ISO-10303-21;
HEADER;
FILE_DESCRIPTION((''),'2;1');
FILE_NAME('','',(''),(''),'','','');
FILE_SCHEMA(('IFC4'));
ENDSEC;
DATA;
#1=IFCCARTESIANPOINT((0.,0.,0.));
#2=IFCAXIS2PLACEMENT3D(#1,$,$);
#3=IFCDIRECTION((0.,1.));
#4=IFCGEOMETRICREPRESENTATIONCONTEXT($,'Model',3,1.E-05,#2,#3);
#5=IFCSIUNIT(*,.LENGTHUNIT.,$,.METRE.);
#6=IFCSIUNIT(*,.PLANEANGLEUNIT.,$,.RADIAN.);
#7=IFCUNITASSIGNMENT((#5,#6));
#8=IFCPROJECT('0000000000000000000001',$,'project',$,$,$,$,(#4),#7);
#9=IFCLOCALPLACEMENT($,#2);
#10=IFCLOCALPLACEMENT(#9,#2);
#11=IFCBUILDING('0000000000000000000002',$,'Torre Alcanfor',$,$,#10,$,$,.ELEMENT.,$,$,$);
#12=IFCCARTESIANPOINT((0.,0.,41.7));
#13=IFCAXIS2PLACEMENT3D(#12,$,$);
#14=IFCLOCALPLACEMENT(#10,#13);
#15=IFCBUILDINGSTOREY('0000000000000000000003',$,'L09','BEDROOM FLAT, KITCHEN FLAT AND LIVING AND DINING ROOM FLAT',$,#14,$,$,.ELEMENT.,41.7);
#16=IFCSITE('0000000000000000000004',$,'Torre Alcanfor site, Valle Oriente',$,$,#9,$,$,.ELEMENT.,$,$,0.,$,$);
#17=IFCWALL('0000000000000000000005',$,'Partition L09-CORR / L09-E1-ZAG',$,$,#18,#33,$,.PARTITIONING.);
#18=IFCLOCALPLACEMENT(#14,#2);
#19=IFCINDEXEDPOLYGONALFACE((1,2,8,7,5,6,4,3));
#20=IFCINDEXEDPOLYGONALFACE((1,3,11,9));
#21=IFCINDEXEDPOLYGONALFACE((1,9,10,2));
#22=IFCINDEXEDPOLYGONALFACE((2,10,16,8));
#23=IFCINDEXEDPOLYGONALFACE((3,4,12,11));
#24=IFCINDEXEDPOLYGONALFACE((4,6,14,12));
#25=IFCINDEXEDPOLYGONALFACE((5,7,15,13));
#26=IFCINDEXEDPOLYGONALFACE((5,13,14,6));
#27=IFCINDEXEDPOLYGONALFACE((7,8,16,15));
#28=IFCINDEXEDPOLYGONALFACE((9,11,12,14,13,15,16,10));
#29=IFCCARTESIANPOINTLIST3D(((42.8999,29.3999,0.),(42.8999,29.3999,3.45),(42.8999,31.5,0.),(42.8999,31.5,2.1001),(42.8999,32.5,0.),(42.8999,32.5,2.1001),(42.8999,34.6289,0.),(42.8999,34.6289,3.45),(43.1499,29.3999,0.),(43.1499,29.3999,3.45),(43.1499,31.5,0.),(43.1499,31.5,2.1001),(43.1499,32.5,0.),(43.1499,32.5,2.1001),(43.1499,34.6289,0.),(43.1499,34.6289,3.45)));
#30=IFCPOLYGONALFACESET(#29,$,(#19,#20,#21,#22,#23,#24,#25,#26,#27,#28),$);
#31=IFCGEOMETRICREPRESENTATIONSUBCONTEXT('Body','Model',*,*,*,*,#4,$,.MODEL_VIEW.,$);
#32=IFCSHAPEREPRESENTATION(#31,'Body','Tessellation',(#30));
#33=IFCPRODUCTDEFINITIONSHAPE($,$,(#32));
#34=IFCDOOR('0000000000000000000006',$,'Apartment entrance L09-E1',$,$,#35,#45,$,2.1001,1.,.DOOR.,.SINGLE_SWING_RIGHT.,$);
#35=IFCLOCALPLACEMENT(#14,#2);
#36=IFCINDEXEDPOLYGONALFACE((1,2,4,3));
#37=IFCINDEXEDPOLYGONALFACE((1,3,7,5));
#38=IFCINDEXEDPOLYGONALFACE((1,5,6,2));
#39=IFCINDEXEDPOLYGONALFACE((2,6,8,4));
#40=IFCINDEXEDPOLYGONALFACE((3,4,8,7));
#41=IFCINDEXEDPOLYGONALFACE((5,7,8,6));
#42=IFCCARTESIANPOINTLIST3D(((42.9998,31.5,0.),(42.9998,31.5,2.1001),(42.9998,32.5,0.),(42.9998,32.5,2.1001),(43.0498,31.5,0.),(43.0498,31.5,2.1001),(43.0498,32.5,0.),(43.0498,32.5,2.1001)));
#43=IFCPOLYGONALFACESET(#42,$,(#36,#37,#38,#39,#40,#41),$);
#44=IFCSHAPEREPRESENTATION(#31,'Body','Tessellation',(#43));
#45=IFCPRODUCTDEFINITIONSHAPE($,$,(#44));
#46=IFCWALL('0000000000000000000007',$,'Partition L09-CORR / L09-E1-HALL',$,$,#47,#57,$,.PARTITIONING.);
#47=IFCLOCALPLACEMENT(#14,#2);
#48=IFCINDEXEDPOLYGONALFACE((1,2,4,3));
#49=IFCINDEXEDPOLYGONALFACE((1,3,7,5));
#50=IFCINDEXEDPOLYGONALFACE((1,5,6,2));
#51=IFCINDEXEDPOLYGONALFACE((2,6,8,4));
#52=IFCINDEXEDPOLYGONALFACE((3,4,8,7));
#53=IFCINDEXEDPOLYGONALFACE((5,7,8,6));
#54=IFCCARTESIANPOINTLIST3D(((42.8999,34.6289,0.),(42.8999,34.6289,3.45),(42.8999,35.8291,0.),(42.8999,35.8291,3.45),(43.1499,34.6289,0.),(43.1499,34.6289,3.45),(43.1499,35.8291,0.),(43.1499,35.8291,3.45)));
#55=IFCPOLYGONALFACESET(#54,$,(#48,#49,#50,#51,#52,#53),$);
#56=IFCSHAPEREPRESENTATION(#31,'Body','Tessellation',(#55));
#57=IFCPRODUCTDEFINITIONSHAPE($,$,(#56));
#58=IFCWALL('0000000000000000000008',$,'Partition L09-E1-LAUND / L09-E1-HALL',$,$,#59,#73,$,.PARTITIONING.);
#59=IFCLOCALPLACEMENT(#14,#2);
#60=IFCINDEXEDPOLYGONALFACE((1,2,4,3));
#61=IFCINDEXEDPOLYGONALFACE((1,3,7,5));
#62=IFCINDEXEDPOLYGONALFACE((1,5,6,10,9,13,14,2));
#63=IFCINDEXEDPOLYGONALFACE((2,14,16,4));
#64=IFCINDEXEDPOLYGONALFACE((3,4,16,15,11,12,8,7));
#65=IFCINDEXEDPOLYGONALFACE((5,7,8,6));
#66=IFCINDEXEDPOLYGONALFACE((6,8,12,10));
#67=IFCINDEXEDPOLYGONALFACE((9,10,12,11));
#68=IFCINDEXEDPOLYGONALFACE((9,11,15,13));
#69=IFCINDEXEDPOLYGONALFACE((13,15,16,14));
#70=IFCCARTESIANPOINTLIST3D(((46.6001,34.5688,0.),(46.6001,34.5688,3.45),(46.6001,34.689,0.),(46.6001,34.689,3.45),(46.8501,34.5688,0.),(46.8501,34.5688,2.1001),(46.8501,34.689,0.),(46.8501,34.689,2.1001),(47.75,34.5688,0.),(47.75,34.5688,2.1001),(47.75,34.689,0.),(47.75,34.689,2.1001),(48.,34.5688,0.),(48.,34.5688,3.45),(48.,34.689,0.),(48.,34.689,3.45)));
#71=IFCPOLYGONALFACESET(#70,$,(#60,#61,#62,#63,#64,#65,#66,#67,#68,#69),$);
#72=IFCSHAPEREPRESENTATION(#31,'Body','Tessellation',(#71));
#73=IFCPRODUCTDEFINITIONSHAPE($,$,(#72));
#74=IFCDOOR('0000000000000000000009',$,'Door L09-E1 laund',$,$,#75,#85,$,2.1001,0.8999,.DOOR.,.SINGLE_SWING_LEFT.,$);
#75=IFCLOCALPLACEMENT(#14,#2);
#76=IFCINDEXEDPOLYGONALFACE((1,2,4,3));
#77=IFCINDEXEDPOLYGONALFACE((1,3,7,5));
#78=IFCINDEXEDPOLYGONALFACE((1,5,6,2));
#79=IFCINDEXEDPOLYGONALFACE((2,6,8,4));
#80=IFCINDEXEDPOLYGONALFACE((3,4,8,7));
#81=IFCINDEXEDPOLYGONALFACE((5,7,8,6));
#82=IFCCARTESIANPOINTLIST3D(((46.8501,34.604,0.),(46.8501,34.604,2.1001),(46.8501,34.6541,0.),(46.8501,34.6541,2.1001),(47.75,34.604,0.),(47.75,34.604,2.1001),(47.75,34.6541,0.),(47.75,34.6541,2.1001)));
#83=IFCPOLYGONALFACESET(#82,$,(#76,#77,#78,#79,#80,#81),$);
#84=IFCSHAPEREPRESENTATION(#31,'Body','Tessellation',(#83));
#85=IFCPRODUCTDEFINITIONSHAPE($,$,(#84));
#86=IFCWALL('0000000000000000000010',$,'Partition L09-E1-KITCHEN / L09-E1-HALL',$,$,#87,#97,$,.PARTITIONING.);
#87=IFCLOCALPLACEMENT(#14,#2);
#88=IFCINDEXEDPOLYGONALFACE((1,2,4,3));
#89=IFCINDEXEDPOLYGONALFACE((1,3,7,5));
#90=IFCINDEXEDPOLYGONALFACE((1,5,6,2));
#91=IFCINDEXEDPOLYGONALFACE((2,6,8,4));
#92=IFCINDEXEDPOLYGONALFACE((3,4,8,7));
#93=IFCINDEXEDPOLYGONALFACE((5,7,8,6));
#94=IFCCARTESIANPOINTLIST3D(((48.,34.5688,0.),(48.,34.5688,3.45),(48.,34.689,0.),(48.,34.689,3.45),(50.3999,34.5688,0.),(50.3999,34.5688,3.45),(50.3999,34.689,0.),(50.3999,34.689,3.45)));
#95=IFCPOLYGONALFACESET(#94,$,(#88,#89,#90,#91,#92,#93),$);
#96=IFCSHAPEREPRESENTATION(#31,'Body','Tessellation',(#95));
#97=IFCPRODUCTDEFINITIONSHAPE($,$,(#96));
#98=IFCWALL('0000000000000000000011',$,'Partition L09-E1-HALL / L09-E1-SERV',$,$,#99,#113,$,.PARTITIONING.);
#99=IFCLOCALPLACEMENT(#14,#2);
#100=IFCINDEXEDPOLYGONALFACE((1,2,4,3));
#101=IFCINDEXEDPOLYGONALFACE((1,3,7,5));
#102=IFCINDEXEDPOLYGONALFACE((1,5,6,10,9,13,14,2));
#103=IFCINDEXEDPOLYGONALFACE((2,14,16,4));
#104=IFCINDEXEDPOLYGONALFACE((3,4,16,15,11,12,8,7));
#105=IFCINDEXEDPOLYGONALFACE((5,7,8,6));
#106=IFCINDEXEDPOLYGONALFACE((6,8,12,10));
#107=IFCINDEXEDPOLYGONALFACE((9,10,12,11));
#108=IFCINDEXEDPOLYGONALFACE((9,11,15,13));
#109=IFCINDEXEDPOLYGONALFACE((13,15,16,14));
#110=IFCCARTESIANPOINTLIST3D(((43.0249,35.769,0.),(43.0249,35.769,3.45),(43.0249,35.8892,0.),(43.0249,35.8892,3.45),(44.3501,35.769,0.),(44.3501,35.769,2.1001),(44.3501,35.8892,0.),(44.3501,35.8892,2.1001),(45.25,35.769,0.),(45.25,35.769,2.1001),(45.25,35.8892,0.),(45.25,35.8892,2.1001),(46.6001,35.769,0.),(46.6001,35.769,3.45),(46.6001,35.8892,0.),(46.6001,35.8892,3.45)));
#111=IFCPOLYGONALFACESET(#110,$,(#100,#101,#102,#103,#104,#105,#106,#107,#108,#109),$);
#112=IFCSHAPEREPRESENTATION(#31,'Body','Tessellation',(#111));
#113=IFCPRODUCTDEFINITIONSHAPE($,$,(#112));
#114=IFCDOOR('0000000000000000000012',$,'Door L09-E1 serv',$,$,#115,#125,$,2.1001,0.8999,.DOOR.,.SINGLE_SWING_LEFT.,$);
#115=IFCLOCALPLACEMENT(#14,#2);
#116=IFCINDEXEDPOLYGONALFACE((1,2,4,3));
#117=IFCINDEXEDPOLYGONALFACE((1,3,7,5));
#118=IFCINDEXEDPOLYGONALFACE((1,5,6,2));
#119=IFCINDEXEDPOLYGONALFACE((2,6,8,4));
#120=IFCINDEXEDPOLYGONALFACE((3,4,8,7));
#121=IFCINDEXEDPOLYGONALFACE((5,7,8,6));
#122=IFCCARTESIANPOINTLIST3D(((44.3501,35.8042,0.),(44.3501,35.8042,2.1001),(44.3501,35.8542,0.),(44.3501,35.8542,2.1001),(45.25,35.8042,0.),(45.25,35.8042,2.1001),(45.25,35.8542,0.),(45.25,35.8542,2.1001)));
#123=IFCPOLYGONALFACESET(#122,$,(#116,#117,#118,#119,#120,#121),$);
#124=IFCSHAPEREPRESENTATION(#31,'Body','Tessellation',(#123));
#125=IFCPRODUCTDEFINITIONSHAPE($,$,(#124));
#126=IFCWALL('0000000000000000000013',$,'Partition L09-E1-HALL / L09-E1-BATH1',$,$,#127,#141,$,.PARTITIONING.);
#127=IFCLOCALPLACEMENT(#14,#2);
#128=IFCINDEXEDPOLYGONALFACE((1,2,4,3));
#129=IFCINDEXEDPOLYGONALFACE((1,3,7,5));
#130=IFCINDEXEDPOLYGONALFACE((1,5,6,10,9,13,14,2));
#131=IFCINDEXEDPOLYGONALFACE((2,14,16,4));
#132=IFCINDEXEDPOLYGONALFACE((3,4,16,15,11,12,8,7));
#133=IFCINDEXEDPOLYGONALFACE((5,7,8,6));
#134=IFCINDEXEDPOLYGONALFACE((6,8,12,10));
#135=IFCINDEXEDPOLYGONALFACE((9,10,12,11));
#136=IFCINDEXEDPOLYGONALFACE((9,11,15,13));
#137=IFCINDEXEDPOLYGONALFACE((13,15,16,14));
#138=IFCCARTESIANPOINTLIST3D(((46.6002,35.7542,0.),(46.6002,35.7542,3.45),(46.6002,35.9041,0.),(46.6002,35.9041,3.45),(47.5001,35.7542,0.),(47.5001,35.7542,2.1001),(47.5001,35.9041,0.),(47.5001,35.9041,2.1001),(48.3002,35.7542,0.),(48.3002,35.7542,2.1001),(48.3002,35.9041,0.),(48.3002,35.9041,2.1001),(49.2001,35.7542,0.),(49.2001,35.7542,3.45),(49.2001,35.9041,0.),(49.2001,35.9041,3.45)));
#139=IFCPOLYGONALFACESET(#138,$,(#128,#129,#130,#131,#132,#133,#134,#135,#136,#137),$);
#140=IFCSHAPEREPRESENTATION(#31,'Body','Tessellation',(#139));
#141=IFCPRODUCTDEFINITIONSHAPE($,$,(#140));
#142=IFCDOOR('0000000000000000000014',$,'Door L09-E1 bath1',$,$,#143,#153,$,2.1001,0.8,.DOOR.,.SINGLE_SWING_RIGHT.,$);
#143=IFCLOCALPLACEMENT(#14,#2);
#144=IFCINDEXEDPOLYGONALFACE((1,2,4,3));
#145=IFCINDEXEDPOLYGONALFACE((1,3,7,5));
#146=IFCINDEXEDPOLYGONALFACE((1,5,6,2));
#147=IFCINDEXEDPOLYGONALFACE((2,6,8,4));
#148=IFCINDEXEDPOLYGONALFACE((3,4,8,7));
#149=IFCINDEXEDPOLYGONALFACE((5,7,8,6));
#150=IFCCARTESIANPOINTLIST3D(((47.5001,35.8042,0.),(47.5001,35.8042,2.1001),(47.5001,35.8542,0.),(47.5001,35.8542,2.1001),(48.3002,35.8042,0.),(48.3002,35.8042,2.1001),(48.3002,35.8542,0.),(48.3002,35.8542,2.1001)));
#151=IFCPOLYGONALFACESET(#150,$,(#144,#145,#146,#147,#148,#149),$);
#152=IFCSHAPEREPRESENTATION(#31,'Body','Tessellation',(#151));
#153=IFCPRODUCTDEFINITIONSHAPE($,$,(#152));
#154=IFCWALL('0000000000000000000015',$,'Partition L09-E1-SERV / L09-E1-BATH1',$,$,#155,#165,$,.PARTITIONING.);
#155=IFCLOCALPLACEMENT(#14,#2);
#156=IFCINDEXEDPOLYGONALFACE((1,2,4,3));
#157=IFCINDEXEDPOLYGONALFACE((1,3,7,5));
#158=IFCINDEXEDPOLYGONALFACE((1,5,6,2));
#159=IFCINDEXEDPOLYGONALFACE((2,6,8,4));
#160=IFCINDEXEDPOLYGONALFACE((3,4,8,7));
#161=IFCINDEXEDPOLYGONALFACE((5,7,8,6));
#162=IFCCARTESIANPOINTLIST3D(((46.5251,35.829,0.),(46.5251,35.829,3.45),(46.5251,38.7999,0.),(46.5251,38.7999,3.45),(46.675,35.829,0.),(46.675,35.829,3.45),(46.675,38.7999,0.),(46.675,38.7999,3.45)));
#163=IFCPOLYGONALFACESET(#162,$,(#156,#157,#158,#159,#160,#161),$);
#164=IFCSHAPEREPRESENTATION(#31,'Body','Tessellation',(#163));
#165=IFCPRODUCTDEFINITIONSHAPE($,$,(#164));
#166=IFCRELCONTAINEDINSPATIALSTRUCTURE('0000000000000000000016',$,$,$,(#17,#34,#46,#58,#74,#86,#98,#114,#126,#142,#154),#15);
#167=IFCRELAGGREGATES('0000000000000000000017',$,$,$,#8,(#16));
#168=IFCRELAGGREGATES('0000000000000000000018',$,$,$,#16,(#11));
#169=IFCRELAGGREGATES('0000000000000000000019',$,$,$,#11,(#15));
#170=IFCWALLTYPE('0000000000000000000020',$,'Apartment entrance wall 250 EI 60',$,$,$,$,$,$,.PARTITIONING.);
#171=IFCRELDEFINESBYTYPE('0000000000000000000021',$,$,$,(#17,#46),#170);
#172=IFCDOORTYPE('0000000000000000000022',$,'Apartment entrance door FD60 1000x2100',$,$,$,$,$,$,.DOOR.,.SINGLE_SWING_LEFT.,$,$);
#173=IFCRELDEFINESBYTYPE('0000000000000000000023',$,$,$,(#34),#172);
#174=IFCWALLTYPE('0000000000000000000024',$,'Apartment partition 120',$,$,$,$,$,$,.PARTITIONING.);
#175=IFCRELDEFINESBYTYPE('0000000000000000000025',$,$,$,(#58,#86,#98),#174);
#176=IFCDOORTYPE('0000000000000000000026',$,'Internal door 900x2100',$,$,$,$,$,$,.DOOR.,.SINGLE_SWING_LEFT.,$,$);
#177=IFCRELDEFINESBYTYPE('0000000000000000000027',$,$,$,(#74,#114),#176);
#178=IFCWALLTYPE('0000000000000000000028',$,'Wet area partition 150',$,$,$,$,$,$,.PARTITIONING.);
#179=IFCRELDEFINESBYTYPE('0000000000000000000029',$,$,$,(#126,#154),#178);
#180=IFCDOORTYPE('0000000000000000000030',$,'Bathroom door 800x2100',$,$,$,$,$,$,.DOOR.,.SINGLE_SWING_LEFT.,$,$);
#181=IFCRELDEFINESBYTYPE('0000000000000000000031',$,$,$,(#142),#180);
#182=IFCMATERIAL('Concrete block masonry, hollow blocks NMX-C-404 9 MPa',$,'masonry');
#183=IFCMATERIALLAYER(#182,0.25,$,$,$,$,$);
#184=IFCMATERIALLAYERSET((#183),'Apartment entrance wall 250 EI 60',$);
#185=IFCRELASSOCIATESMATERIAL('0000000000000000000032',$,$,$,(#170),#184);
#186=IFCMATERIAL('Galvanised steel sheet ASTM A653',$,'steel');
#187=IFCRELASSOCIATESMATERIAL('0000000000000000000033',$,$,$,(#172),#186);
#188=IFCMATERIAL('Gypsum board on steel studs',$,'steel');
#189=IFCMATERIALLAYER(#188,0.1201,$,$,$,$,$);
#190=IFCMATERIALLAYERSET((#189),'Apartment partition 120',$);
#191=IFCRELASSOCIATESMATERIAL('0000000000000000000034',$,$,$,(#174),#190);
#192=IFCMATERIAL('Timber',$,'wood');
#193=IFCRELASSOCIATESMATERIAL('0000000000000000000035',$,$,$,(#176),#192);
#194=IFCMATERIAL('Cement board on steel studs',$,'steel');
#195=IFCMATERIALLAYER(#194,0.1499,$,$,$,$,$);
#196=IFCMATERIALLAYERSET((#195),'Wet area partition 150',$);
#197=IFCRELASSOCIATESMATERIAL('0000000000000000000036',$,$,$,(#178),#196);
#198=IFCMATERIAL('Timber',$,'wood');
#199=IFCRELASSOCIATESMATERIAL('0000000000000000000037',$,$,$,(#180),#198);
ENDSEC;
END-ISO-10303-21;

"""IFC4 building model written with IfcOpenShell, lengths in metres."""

from ifc_helpers import new_model, si_unit, direction, frame, frame_2d, origin, place, context, subcontext, project, spatial, rectangle, extrude, material, layer, layer_set, type_object, element, fill, save


model = new_model("IFC4")

# Units and contexts
model_context = context("Model", 3, precision=1e-05, world=origin(), true_north=direction((0.0, 1.0)))
body_context = subcontext(model_context, "Body", "Model", "MODEL_VIEW")
ifc_project = project(units=[si_unit("LENGTHUNIT", "METRE"), si_unit("PLANEANGLEUNIT", "RADIAN")], contexts=[model_context])

# Site, building, storey
site_placement = place(None, origin())
site = spatial("IfcSite", under=ifc_project, at=site_placement, Name="Torre Alcanfor site, Valle Oriente", CompositionType="ELEMENT", RefElevation=0.0)
building_placement = place(site_placement, origin())
building = spatial("IfcBuilding", under=site, at=building_placement, Name="Torre Alcanfor", CompositionType="ELEMENT")
storey_placement = place(building_placement, frame((0.0, 0.0, 41.7)))
storey = spatial("IfcBuildingStorey", under=building, at=storey_placement, Name="L09", Description="BEDROOM FLAT, KITCHEN FLAT AND LIVING AND DINING ROOM FLAT", CompositionType="ELEMENT", Elevation=41.7)

# Wall, opening, door
ifc_material_1 = material(Name="Concrete block masonry, hollow blocks NMX-C-404 9 MPa", Category="masonry")
ifc_layer_1 = layer(ifc_material_1, 0.25)
ifc_layer_set_1 = layer_set([ifc_layer_1], Name="Apartment entrance wall 250 EI 60")
wall_type_1 = type_object("IfcWallType", Name="Apartment entrance wall 250 EI 60", PredefinedType="PARTITIONING", material=ifc_layer_set_1)
wall_1_placement = place(storey_placement, frame((43.0249, 34.6289, 0.0), z_axis=(0.0, 0.0, 1.0), x_axis=(0.0, -1.0, 0.0)))
wall_1 = element("IfcWall", 1, at=wall_1_placement, inside=storey, type_object=wall_type_1, Name="Partition L09-CORR / L09-E1-ZAG", PredefinedType="PARTITIONING", context=body_context, shape_type="SweptSolid", body=[
    extrude(rectangle(XDim=5.229, YDim=0.25, at=frame_2d((2.6145, 0.0))), origin(), (0.0, 0.0, 1.0), 3.45),
])
opening_1_placement = place(wall_1_placement, frame((2.1289, 0.0, 0.0)))
opening_1 = element("IfcOpeningElement", 2, at=opening_1_placement, cuts=wall_1, PredefinedType="OPENING", context=body_context, shape_type="SweptSolid", body=[
    extrude(rectangle(XDim=1.0, YDim=2.1001, at=frame_2d((0.5, 1.05))), frame((0.0, 0.135, 0.0), z_axis=(0.0, -1.0, 0.0), x_axis=(1.0, 0.0, 0.0)), (0.0, 0.0, 1.0), 0.27),
])
ifc_material_2 = material(Name="Galvanised steel sheet ASTM A653", Category="steel")
door_type_1 = type_object("IfcDoorType", Name="Apartment entrance door FD60 1000x2100", OperationType="SINGLE_SWING_LEFT", PredefinedType="DOOR", material=ifc_material_2)
door_1_placement = place(opening_1_placement, origin())
door_1 = element("IfcDoor", 3, at=door_1_placement, inside=storey, type_object=door_type_1, Name="Apartment entrance L09-E1", OperationType="SINGLE_SWING_RIGHT", OverallHeight=2.1001, OverallWidth=1.0, PredefinedType="DOOR", context=body_context, shape_type="SweptSolid", body=[
    extrude(rectangle(XDim=1.0, YDim=2.1001, at=frame_2d((0.5, 1.05))), frame((0.0, 0.0249, 0.0), z_axis=(0.0, -1.0, 0.0), x_axis=(1.0, 0.0, 0.0)), (0.0, 0.0, 1.0), 0.05),
])
fill(opening_1, door_1)

# Wall
wall_2_placement = place(storey_placement, frame((43.0249, 35.8291, 0.0), z_axis=(0.0, 0.0, 1.0), x_axis=(0.0, -1.0, 0.0)))
element("IfcWall", 4, at=wall_2_placement, inside=storey, type_object=wall_type_1, Name="Partition L09-CORR / L09-E1-HALL", PredefinedType="PARTITIONING", context=body_context, shape_type="SweptSolid", body=[
    extrude(rectangle(XDim=1.2002, YDim=0.25, at=frame_2d((0.6001, 0.0))), origin(), (0.0, 0.0, 1.0), 3.45),
])

# Wall, opening, door
ifc_material_3 = material(Name="Gypsum board on steel studs", Category="steel")
ifc_layer_2 = layer(ifc_material_3, 0.1201)
ifc_layer_set_2 = layer_set([ifc_layer_2], Name="Apartment partition 120")
wall_type_2 = type_object("IfcWallType", Name="Apartment partition 120", PredefinedType="PARTITIONING", material=ifc_layer_set_2)
wall_3_placement = place(storey_placement, frame((48.0, 34.6289, 0.0), z_axis=(0.0, 0.0, 1.0), x_axis=(-1.0, 0.0, 0.0)))
wall_3 = element("IfcWall", 5, at=wall_3_placement, inside=storey, type_object=wall_type_2, Name="Partition L09-E1-LAUND / L09-E1-HALL", PredefinedType="PARTITIONING", context=body_context, shape_type="SweptSolid", body=[
    extrude(rectangle(XDim=1.3999, YDim=0.1201, at=frame_2d((0.7, 0.0))), origin(), (0.0, 0.0, 1.0), 3.45),
])
opening_2_placement = place(wall_3_placement, frame((0.25, 0.0, 0.0)))
opening_2 = element("IfcOpeningElement", 6, at=opening_2_placement, cuts=wall_3, PredefinedType="OPENING", context=body_context, shape_type="SweptSolid", body=[
    extrude(rectangle(XDim=0.8999, YDim=2.1001, at=frame_2d((0.45, 1.05))), frame((0.0, 0.0701, 0.0), z_axis=(0.0, -1.0, 0.0), x_axis=(1.0, 0.0, 0.0)), (0.0, 0.0, 1.0), 0.1401),
])
ifc_material_4 = material(Name="Timber", Category="wood")
door_type_2 = type_object("IfcDoorType", Name="Internal door 900x2100", OperationType="SINGLE_SWING_LEFT", PredefinedType="DOOR", material=ifc_material_4)
door_2_placement = place(opening_2_placement, origin())
door_2 = element("IfcDoor", 7, at=door_2_placement, inside=storey, type_object=door_type_2, Name="Door L09-E1 laund", OperationType="SINGLE_SWING_LEFT", OverallHeight=2.1001, OverallWidth=0.8999, PredefinedType="DOOR", context=body_context, shape_type="SweptSolid", body=[
    extrude(rectangle(XDim=0.8999, YDim=2.1001, at=frame_2d((0.45, 1.05))), frame((0.0, 0.0249, 0.0), z_axis=(0.0, -1.0, 0.0), x_axis=(1.0, 0.0, 0.0)), (0.0, 0.0, 1.0), 0.05),
])
fill(opening_2, door_2)

# Wall
wall_4_placement = place(storey_placement, frame((50.3999, 34.6289, 0.0), z_axis=(0.0, 0.0, 1.0), x_axis=(-1.0, 0.0, 0.0)))
element("IfcWall", 8, at=wall_4_placement, inside=storey, type_object=wall_type_2, Name="Partition L09-E1-KITCHEN / L09-E1-HALL", PredefinedType="PARTITIONING", context=body_context, shape_type="SweptSolid", body=[
    extrude(rectangle(XDim=2.3999, YDim=0.1201, at=frame_2d((1.2, 0.0))), origin(), (0.0, 0.0, 1.0), 3.45),
])

# Walls, openings, doors
wall_5_placement = place(storey_placement, frame((46.6001, 35.8291, 0.0), z_axis=(0.0, 0.0, 1.0), x_axis=(-1.0, 0.0, 0.0)))
wall_5 = element("IfcWall", 9, at=wall_5_placement, inside=storey, type_object=wall_type_2, Name="Partition L09-E1-HALL / L09-E1-SERV", PredefinedType="PARTITIONING", context=body_context, shape_type="SweptSolid", body=[
    extrude(rectangle(XDim=3.5752, YDim=0.1201, at=frame_2d((1.7876, 0.0))), origin(), (0.0, 0.0, 1.0), 3.45),
])
opening_3_placement = place(wall_5_placement, frame((1.3501, 0.0, 0.0)))
opening_3 = element("IfcOpeningElement", 10, at=opening_3_placement, cuts=wall_5, PredefinedType="OPENING", context=body_context, shape_type="SweptSolid", body=[
    extrude(rectangle(XDim=0.8999, YDim=2.1001, at=frame_2d((0.45, 1.05))), frame((0.0, 0.0701, 0.0), z_axis=(0.0, -1.0, 0.0), x_axis=(1.0, 0.0, 0.0)), (0.0, 0.0, 1.0), 0.1401),
])
door_3_placement = place(opening_3_placement, frame((0.8999, 0.0, 0.0), z_axis=(0.0, 0.0, 1.0), x_axis=(-1.0, 0.0, 0.0)))
door_3 = element("IfcDoor", 11, at=door_3_placement, inside=storey, type_object=door_type_2, Name="Door L09-E1 serv", OperationType="SINGLE_SWING_LEFT", OverallHeight=2.1001, OverallWidth=0.8999, PredefinedType="DOOR", context=body_context, shape_type="SweptSolid", body=[
    extrude(rectangle(XDim=0.8999, YDim=2.1001, at=frame_2d((0.45, 1.05))), frame((0.0, 0.0251, 0.0), z_axis=(0.0, -1.0, 0.0), x_axis=(1.0, 0.0, 0.0)), (0.0, 0.0, 1.0), 0.05),
])
fill(opening_3, door_3)
ifc_material_5 = material(Name="Cement board on steel studs", Category="steel")
ifc_layer_3 = layer(ifc_material_5, 0.1499)
ifc_layer_set_3 = layer_set([ifc_layer_3], Name="Wet area partition 150")
wall_type_3 = type_object("IfcWallType", Name="Wet area partition 150", PredefinedType="PARTITIONING", material=ifc_layer_set_3)
wall_6_placement = place(storey_placement, frame((49.2, 35.8291, 0.0), z_axis=(0.0, 0.0, 1.0), x_axis=(-1.0, 0.0, 0.0)))
wall_6 = element("IfcWall", 12, at=wall_6_placement, inside=storey, type_object=wall_type_3, Name="Partition L09-E1-HALL / L09-E1-BATH1", PredefinedType="PARTITIONING", context=body_context, shape_type="SweptSolid", body=[
    extrude(rectangle(XDim=2.5999, YDim=0.1499, at=frame_2d((1.2998, 0.0))), origin(), (0.0, 0.0, 1.0), 3.45),
])
opening_4_placement = place(wall_6_placement, frame((0.8999, 0.0, 0.0)))
opening_4 = element("IfcOpeningElement", 13, at=opening_4_placement, cuts=wall_6, PredefinedType="OPENING", context=body_context, shape_type="SweptSolid", body=[
    extrude(rectangle(XDim=0.8, YDim=2.1001, at=frame_2d((0.3999, 1.05))), frame((0.0, 0.085, 0.0), z_axis=(0.0, -1.0, 0.0), x_axis=(1.0, 0.0, 0.0)), (0.0, 0.0, 1.0), 0.1699),
])
ifc_material_6 = material(Name="Timber", Category="wood")
door_type_3 = type_object("IfcDoorType", Name="Bathroom door 800x2100", OperationType="SINGLE_SWING_LEFT", PredefinedType="DOOR", material=ifc_material_6)
door_4_placement = place(opening_4_placement, frame((0.8, 0.0, 0.0), z_axis=(0.0, 0.0, 1.0), x_axis=(-1.0, 0.0, 0.0)))
door_4 = element("IfcDoor", 14, at=door_4_placement, inside=storey, type_object=door_type_3, Name="Door L09-E1 bath1", OperationType="SINGLE_SWING_RIGHT", OverallHeight=2.1001, OverallWidth=0.8, PredefinedType="DOOR", context=body_context, shape_type="SweptSolid", body=[
    extrude(rectangle(XDim=0.8, YDim=2.1001, at=frame_2d((0.4001, 1.05))), frame((0.0, 0.0251, 0.0), z_axis=(0.0, -1.0, 0.0), x_axis=(1.0, 0.0, 0.0)), (0.0, 0.0, 1.0), 0.05),
])
fill(opening_4, door_4)

# Wall
for number, where, z_axis, x_axis, name in (
    (15, (46.6001, 35.8291, 0.0), (0.0, 0.0, 1.0), (0.0, 1.0, 0.0), "Partition L09-E1-SERV / L09-E1-BATH1"),
):
    element("IfcWall", number, at=place(storey_placement, frame(where, z_axis=z_axis, x_axis=x_axis)), inside=storey, type_object=wall_type_3, Name=name, PredefinedType="PARTITIONING", context=body_context, shape_type="SweptSolid", body=[
        extrude(rectangle(XDim=2.9709, YDim=0.1499, at=frame_2d((1.4854, 0.0))), origin(), (0.0, 0.0, 1.0), 3.45),
    ])

save(model, "model.ifc")
